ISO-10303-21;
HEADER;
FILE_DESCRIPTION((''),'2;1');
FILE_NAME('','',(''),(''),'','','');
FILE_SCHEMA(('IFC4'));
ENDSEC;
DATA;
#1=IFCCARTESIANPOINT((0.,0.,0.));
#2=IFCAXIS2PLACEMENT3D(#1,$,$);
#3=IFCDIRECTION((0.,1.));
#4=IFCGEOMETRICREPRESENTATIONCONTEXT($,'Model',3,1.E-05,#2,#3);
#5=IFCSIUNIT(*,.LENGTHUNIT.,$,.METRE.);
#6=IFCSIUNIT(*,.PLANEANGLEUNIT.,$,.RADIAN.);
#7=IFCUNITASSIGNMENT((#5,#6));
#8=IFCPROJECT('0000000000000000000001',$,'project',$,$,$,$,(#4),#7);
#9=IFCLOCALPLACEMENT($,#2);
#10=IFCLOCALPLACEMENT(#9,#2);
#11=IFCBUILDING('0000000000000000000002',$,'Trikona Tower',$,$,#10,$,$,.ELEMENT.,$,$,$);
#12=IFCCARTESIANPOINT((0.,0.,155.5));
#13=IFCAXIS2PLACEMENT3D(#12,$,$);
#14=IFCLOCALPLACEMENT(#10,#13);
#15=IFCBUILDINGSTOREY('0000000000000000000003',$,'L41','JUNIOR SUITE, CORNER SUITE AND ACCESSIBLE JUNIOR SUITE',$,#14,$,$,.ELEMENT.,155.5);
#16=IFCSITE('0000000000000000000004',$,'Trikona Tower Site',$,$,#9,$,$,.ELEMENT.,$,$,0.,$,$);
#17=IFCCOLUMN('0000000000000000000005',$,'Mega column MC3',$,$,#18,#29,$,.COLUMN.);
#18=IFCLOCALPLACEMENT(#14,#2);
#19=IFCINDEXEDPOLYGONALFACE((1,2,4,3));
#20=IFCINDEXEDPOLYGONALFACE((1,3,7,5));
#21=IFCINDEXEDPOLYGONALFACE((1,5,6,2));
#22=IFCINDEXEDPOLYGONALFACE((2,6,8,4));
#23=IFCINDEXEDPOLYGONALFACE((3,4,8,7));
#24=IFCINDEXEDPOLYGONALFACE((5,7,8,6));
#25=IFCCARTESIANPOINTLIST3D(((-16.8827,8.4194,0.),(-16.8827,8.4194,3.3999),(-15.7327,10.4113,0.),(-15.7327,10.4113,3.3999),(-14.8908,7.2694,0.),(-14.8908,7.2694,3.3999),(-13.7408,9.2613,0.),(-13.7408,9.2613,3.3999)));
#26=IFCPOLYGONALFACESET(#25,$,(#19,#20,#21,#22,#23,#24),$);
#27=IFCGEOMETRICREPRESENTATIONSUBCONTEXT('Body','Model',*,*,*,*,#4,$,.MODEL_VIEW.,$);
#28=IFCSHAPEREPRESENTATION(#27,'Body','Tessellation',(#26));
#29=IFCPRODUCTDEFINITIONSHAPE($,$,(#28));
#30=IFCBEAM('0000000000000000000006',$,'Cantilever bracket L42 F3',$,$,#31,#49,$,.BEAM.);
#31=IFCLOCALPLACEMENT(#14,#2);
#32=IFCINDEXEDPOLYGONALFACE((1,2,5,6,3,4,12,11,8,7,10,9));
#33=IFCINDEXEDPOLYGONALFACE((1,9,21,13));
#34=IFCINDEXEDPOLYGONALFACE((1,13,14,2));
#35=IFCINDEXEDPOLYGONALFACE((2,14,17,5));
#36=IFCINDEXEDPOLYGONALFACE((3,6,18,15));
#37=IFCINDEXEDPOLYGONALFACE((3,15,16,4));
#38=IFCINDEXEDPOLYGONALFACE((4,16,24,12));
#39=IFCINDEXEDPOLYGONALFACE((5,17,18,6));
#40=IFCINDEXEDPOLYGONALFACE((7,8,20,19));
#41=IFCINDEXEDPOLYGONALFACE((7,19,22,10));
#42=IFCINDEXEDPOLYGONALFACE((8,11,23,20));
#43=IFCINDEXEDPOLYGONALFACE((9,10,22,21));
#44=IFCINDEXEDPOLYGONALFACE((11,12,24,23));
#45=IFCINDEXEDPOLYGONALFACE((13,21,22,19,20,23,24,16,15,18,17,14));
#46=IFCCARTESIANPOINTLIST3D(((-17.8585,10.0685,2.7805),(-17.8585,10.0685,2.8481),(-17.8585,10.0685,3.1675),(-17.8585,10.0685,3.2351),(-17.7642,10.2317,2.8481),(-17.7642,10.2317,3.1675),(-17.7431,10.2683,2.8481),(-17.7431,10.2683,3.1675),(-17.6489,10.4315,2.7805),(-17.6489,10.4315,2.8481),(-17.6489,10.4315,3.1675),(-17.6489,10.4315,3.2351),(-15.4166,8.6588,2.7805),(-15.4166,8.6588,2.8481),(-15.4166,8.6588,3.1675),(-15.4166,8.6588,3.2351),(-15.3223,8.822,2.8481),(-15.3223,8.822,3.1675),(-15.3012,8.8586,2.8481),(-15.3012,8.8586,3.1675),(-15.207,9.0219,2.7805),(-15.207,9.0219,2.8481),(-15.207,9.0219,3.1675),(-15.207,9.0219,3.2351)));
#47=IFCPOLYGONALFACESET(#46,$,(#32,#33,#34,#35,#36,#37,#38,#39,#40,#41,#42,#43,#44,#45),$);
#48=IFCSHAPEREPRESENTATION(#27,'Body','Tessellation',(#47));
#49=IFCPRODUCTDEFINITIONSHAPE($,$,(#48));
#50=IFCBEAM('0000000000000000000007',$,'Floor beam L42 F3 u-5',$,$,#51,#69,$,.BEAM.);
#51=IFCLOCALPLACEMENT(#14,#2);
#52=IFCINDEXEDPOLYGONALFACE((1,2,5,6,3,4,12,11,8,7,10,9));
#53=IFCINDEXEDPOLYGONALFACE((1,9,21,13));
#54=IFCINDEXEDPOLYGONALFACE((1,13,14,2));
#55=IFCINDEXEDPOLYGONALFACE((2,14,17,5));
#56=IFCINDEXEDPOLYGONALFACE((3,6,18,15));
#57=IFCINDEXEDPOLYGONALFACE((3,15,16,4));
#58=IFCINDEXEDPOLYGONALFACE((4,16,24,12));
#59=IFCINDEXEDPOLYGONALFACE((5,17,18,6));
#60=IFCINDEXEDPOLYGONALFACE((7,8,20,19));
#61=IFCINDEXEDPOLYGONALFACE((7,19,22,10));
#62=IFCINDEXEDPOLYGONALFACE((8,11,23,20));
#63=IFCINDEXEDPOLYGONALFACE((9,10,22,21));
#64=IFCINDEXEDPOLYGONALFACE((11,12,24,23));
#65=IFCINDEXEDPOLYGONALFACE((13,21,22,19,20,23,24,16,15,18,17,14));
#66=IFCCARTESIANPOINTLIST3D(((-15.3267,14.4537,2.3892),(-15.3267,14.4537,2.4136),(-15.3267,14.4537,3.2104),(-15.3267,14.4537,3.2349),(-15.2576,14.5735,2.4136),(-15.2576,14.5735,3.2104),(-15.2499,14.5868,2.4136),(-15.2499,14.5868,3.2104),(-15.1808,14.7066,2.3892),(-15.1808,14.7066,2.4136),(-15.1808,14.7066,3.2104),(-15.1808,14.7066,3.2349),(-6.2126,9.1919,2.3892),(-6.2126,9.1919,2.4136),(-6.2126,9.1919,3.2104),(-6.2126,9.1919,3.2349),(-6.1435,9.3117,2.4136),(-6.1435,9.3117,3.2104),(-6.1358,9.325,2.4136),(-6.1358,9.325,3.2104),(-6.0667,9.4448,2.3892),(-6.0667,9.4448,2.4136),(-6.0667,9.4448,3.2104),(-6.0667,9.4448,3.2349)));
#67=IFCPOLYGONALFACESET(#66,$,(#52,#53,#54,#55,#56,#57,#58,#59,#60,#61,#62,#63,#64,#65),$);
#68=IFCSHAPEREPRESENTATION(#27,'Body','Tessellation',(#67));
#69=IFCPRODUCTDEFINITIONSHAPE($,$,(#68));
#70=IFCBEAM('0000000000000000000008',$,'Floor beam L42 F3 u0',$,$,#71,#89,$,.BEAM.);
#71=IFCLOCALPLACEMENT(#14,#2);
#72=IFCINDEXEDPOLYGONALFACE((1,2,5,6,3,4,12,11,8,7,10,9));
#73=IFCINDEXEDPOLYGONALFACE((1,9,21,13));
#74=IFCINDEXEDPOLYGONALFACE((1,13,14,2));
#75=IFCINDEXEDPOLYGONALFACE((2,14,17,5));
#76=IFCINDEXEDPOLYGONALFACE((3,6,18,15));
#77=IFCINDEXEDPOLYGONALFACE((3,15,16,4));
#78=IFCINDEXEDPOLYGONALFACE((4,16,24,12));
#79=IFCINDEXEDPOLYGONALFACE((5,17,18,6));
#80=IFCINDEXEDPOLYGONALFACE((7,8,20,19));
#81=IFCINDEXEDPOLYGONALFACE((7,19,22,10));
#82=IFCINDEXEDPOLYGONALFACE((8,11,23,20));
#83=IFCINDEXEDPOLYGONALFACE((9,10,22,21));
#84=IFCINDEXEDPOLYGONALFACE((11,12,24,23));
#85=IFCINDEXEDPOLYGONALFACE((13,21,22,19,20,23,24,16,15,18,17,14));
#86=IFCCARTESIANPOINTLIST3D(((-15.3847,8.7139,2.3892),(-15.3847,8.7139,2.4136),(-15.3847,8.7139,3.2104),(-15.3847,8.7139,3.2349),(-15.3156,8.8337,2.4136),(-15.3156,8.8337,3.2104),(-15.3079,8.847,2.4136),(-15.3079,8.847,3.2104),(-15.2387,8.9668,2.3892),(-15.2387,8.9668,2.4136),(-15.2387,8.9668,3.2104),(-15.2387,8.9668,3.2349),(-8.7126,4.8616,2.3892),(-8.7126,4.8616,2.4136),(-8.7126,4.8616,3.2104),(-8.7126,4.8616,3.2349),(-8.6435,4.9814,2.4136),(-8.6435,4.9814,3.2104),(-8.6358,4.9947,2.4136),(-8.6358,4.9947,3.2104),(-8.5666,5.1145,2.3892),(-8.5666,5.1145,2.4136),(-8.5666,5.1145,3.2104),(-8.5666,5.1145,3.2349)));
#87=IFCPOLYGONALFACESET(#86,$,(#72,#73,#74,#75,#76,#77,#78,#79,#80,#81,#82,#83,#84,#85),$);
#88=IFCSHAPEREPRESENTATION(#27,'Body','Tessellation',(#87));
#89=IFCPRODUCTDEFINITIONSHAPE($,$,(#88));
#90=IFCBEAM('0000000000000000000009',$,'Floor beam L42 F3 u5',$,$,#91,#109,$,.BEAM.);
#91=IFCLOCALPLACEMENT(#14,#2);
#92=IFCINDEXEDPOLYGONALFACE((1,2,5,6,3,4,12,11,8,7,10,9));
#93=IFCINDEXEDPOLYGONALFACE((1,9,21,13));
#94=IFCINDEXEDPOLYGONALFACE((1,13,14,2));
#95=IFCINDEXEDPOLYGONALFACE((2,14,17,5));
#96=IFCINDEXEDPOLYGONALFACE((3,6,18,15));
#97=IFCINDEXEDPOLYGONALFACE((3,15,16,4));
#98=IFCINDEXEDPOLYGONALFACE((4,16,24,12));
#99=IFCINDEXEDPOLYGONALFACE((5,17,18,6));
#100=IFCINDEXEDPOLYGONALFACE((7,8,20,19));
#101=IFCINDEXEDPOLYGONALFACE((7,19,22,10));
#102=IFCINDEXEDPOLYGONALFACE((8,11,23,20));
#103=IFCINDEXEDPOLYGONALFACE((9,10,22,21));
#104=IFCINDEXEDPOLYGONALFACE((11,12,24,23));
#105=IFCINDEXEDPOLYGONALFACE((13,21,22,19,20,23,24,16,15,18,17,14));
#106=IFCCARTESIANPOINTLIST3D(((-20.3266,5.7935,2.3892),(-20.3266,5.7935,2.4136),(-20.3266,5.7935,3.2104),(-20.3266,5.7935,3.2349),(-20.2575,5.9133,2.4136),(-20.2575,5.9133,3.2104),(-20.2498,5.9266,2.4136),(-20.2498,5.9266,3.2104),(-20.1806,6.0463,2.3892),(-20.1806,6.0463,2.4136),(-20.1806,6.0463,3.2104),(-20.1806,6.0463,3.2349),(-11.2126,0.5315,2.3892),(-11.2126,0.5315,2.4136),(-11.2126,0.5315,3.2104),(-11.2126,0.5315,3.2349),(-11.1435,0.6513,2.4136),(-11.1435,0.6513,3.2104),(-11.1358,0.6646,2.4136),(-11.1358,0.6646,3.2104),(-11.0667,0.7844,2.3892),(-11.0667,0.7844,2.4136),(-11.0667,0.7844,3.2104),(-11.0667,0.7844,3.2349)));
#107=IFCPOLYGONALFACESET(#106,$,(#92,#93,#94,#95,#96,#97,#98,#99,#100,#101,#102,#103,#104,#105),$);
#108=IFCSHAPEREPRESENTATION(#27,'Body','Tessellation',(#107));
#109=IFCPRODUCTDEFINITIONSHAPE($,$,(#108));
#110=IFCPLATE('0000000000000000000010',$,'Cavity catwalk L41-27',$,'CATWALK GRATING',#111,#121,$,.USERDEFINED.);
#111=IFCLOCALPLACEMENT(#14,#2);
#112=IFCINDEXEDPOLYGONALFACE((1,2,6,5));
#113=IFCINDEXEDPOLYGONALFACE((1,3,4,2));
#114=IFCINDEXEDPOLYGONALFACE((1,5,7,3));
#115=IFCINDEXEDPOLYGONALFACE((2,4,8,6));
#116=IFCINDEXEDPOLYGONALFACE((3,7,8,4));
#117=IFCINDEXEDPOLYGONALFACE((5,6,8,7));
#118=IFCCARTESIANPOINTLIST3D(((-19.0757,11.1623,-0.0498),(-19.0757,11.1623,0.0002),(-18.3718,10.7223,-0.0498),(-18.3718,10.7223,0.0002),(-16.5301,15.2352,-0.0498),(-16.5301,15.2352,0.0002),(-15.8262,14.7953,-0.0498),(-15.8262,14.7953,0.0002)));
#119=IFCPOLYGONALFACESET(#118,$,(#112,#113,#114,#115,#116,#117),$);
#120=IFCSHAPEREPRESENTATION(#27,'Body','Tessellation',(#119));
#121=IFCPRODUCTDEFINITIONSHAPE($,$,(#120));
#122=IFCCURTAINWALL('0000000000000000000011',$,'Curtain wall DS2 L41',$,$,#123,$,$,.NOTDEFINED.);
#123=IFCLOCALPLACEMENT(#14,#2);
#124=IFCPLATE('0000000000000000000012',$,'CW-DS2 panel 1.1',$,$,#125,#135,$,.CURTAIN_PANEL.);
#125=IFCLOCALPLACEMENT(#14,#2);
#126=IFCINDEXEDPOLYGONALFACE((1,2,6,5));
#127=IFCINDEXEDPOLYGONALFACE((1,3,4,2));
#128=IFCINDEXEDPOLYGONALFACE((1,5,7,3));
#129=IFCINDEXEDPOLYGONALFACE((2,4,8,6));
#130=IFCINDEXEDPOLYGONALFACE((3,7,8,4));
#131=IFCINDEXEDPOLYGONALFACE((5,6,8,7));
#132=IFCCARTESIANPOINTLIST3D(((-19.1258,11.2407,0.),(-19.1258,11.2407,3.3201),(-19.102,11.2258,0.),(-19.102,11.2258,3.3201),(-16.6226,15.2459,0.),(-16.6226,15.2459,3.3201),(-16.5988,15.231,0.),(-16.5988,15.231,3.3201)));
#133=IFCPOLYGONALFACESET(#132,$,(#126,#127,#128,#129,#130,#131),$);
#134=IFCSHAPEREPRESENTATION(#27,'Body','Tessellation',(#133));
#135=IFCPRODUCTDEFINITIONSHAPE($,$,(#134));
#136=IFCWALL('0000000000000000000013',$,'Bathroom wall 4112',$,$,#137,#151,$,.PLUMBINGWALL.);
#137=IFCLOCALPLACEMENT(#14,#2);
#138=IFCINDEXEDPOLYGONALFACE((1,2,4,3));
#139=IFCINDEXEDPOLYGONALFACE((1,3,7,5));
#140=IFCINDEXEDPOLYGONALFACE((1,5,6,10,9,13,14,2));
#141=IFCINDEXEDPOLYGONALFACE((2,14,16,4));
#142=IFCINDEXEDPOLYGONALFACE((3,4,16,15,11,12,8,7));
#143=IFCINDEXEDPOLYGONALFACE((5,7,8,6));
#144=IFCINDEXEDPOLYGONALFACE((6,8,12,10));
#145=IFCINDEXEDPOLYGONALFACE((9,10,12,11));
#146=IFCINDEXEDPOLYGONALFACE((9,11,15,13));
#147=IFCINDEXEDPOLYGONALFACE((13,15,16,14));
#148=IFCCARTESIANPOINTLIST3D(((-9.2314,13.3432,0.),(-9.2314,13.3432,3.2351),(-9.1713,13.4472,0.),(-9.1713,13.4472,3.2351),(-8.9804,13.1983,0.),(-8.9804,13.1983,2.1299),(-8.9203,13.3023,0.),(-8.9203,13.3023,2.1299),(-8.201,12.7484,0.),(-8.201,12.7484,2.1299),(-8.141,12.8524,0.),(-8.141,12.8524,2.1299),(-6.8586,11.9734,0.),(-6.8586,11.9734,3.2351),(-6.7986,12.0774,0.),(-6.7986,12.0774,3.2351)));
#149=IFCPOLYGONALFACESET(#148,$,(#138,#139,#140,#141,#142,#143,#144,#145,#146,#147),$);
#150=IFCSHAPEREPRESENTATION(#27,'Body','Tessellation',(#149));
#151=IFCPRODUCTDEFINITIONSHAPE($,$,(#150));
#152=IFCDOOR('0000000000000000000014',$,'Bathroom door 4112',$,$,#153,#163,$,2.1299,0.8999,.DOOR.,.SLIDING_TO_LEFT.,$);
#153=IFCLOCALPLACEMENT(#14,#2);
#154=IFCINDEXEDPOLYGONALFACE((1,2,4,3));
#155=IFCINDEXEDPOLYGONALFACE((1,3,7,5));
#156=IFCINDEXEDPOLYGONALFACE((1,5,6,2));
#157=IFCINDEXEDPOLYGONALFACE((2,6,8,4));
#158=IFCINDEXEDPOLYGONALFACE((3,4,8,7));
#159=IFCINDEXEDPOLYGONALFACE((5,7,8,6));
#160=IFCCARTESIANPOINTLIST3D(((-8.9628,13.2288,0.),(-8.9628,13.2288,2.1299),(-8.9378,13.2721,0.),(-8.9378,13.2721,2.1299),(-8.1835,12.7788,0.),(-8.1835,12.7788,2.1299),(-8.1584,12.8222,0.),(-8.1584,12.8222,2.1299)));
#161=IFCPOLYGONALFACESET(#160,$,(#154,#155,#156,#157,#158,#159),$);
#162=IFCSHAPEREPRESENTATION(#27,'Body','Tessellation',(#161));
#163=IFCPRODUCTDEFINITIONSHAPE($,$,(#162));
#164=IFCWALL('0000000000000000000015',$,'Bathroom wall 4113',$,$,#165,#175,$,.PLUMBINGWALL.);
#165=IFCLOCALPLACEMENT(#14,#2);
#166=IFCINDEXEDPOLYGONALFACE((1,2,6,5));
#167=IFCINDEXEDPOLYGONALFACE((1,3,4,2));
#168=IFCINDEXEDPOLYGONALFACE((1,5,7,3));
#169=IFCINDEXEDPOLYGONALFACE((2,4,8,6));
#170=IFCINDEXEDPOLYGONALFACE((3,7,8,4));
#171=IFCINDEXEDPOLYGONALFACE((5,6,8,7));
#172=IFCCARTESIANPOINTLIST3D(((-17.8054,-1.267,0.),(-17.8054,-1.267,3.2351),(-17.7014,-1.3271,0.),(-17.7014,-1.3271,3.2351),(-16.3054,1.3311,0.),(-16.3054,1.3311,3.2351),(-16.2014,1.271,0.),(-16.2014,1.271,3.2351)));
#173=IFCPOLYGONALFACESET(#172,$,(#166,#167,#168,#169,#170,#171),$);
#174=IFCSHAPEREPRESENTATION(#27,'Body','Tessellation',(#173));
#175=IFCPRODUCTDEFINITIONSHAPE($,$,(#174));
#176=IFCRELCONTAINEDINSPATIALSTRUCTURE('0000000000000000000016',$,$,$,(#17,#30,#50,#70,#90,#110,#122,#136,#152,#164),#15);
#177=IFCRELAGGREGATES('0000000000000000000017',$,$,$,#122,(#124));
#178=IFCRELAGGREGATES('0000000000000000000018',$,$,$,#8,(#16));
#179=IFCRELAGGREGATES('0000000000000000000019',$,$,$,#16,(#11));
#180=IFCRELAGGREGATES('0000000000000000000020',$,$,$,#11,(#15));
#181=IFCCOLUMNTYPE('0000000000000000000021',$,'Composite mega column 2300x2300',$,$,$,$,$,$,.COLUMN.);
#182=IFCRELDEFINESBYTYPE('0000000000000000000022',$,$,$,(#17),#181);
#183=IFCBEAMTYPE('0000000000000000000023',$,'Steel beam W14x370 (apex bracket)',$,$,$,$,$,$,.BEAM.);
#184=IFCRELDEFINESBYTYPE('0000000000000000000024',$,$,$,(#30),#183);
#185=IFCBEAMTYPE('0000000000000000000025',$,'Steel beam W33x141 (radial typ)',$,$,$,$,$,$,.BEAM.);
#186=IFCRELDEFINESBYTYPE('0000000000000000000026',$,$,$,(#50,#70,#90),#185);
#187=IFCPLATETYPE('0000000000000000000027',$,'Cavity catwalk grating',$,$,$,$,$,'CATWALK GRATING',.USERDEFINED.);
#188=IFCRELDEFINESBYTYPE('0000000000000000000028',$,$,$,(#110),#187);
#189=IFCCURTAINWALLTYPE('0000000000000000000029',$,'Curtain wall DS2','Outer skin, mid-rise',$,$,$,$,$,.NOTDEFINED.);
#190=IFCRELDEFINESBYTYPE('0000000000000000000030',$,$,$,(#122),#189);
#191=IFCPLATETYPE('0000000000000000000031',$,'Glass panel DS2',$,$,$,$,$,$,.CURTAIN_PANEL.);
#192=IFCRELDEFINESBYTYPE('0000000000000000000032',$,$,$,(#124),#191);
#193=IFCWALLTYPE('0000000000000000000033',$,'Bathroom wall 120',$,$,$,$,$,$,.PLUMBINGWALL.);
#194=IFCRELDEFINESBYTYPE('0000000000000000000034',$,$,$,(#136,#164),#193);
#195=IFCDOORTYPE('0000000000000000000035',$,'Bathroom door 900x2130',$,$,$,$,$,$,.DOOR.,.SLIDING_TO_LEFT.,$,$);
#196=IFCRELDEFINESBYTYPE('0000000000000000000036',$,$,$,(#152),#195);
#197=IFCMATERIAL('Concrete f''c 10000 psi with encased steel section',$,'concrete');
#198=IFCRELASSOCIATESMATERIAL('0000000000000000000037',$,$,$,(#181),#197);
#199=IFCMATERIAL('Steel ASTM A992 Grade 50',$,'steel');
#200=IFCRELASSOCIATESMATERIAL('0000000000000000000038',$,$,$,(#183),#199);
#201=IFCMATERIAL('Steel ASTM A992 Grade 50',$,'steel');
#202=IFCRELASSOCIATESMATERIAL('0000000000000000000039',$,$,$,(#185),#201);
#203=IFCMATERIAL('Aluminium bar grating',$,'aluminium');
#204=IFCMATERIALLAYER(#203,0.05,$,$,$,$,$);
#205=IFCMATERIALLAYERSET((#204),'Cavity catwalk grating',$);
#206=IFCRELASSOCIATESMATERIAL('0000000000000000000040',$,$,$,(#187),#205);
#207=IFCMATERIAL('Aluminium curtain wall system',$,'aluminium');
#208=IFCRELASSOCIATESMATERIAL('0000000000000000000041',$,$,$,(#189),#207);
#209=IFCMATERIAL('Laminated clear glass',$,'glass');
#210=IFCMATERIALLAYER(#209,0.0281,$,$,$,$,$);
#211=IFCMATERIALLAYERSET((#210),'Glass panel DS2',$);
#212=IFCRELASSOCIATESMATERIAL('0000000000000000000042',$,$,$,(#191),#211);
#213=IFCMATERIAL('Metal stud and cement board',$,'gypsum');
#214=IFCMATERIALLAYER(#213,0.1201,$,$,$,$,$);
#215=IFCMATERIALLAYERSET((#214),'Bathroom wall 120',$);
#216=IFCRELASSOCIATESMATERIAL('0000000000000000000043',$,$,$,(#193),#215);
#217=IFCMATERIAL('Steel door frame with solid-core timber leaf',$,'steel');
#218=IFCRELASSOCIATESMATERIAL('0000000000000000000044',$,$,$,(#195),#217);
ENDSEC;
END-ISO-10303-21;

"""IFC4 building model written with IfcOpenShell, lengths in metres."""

from ifc_helpers import new_model, si_unit, direction, frame, frame_2d, origin, origin_2d, place, context, subcontext, project, spatial, rectangle, i_section, extrude, material, layer, layer_set, material_profile, profile_set, type_object, element, fill, aggregate, save


model = new_model("IFC4")

# Units and contexts
model_context = context("Model", 3, precision=1e-05, world=origin(), true_north=direction((0.0, 1.0)))
body_context = subcontext(model_context, "Body", "Model", "MODEL_VIEW")
ifc_project = project(units=[si_unit("LENGTHUNIT", "METRE"), si_unit("PLANEANGLEUNIT", "RADIAN")], contexts=[model_context])

# Site, building, storey
site_placement = place(None, origin())
site = spatial("IfcSite", under=ifc_project, at=site_placement, Name="Trikona Tower Site", CompositionType="ELEMENT", RefElevation=0.0)
building_placement = place(site_placement, origin())
building = spatial("IfcBuilding", under=site, at=building_placement, Name="Trikona Tower", CompositionType="ELEMENT")
storey_placement = place(building_placement, frame((0.0, 0.0, 155.5)))
storey = spatial("IfcBuildingStorey", under=building, at=storey_placement, Name="L41", Description="JUNIOR SUITE, CORNER SUITE AND ACCESSIBLE JUNIOR SUITE", CompositionType="ELEMENT", Elevation=155.5)

# Column
ifc_material_1 = material(Name="Concrete f'c 10000 psi with encased steel section", Category="concrete")
ifc_material_profile_1 = material_profile(ifc_material_1, rectangle(XDim=2.3, YDim=2.3, at=origin_2d()), Name="MC2300")
ifc_profile_set_1 = profile_set([ifc_material_profile_1], Name="Concrete f'c 10000 psi with encased steel section")
column_type = type_object("IfcColumnType", Name="Composite mega column 2300x2300", PredefinedType="COLUMN", material=ifc_profile_set_1)
column_placement = place(storey_placement, frame((-15.3118, 8.8403, 0.0), z_axis=(0.0, 0.0, 1.0), x_axis=(-0.866025, 0.5, 0.0)))
element("IfcColumn", 1, at=column_placement, inside=storey, type_object=column_type, Name="Mega column MC3", PredefinedType="COLUMN", context=body_context, shape_type="SweptSolid", body=[
    extrude(rectangle(XDim=2.3, YDim=2.3, at=origin_2d()), origin(), (0.0, 0.0, 1.0), 3.3999),
])

# Beams
ifc_material_2 = material(Name="Steel ASTM A992 Grade 50", Category="steel")
ifc_material_profile_2 = material_profile(ifc_material_2, i_section(OverallWidth=0.4192, OverallDepth=0.4546, WebThickness=0.0422, FlangeThickness=0.0676, at=origin_2d()), Name="W14X370")
ifc_profile_set_2 = profile_set([ifc_material_profile_2], Name="Steel ASTM A992 Grade 50")
beam_type_1 = type_object("IfcBeamType", Name="Steel beam W14x370 (apex bracket)", PredefinedType="BEAM", material=ifc_profile_set_2)
beam_1_placement = place(storey_placement, frame((-15.3118, 8.8403, 3.0078), z_axis=(-0.86605, 0.499957, 0.0), x_axis=(-0.499957, -0.86605, 0.0)))
element("IfcBeam", 2, at=beam_1_placement, inside=storey, type_object=beam_type_1, Name="Cantilever bracket L42 F3", PredefinedType="BEAM", context=body_context, shape_type="SweptSolid", body=[
    extrude(i_section(OverallWidth=0.4192, OverallDepth=0.4546, WebThickness=0.0422, FlangeThickness=0.0676, at=origin_2d()), origin(), (0.0, 0.0, 1.0), 2.8196),
])
ifc_material_3 = material(Name="Steel ASTM A992 Grade 50", Category="steel")
ifc_material_profile_3 = material_profile(ifc_material_3, i_section(OverallWidth=0.292, OverallDepth=0.8457, WebThickness=0.0154, FlangeThickness=0.0244, at=origin_2d()), Name="W33X141")
ifc_profile_set_3 = profile_set([ifc_material_profile_3], Name="Steel ASTM A992 Grade 50")
beam_type_2 = type_object("IfcBeamType", Name="Steel beam W33x141 (radial typ)", PredefinedType="BEAM", material=ifc_profile_set_3)
beam_2_placement = place(storey_placement, frame((-6.1396, 9.3184, 2.812), z_axis=(-0.866036, 0.499982, 0.0), x_axis=(-0.499982, -0.866036, 0.0)))
element("IfcBeam", 3, at=beam_2_placement, inside=storey, type_object=beam_type_2, Name="Floor beam L42 F3 u-5", PredefinedType="BEAM", context=body_context, shape_type="SweptSolid", body=[
    extrude(i_section(OverallWidth=0.292, OverallDepth=0.8457, WebThickness=0.0154, FlangeThickness=0.0244, at=origin_2d()), origin(), (0.0, 0.0, 1.0), 10.5239),
])
beam_3_placement = place(storey_placement, frame((-8.6396, 4.988, 2.812), z_axis=(-0.866017, 0.500014, 0.0), x_axis=(-0.500014, -0.866017, 0.0)))
element("IfcBeam", 4, at=beam_3_placement, inside=storey, type_object=beam_type_2, Name="Floor beam L42 F3 u0", PredefinedType="BEAM", context=body_context, shape_type="SweptSolid", body=[
    extrude(i_section(OverallWidth=0.292, OverallDepth=0.8457, WebThickness=0.0154, FlangeThickness=0.0244, at=origin_2d()), origin(), (0.0, 0.0, 1.0), 7.7043),
])
beam_4_placement = place(storey_placement, frame((-11.1396, 0.658, 2.812), z_axis=(-0.866026, 0.499999, 0.0), x_axis=(-0.499999, -0.866026, 0.0)))
element("IfcBeam", 5, at=beam_4_placement, inside=storey, type_object=beam_type_2, Name="Floor beam L42 F3 u5", PredefinedType="BEAM", context=body_context, shape_type="SweptSolid", body=[
    extrude(i_section(OverallWidth=0.292, OverallDepth=0.8457, WebThickness=0.0154, FlangeThickness=0.0244, at=origin_2d()), origin(), (0.0, 0.0, 1.0), 10.5239),
])

# Plate
ifc_material_4 = material(Name="Aluminium bar grating", Category="aluminium")
ifc_layer_1 = layer(ifc_material_4, 0.05)
ifc_layer_set_1 = layer_set([ifc_layer_1], Name="Cavity catwalk grating")
plate_type_1 = type_object("IfcPlateType", Name="Cavity catwalk grating", ElementType="CATWALK GRATING", PredefinedType="USERDEFINED", material=ifc_layer_set_1)
plate_1_placement = place(storey_placement, frame((-17.4509, 12.9788, -0.0498), z_axis=(0.0, 0.0, 1.0), x_axis=(-0.529995, -0.848001, 0.0)))
element("IfcPlate", 6, at=plate_1_placement, inside=storey, type_object=plate_type_1, Name="Cavity catwalk L41-27", ObjectType="CATWALK GRATING", PredefinedType="USERDEFINED", context=body_context, shape_type="SweptSolid", body=[
    extrude(rectangle(XDim=4.803, YDim=0.8301, at=origin_2d()), origin(), (0.0, 0.0, 1.0), 0.05),
])

# Curtain wall, plate
ifc_material_5 = material(Name="Aluminium curtain wall system", Category="aluminium")
curtain_wall_type = type_object("IfcCurtainWallType", Name="Curtain wall DS2", Description="Outer skin, mid-rise", PredefinedType="NOTDEFINED", material=ifc_material_5)
curtain_wall_placement = place(storey_placement, origin())
curtain_wall = element("IfcCurtainWall", 7, at=curtain_wall_placement, inside=storey, type_object=curtain_wall_type, Name="Curtain wall DS2 L41", PredefinedType="NOTDEFINED")
ifc_material_6 = material(Name="Laminated clear glass", Category="glass")
ifc_layer_2 = layer(ifc_material_6, 0.0281)
ifc_layer_set_2 = layer_set([ifc_layer_2], Name="Glass panel DS2")
plate_type_2 = type_object("IfcPlateType", Name="Glass panel DS2", PredefinedType="CURTAIN_PANEL", material=ifc_layer_set_2)
plate_2_placement = place(storey_placement, frame((-17.8623, 13.2358, 0.0), z_axis=(0.0, 0.0, 1.0), x_axis=(-0.529999, -0.847998, 0.0)))
plate_2 = element("IfcPlate", 8, at=plate_2_placement, type_object=plate_type_2, Name="CW-DS2 panel 1.1", PredefinedType="CURTAIN_PANEL", context=body_context, shape_type="SweptSolid", body=[
    extrude(rectangle(XDim=4.7231, YDim=0.0281, at=origin_2d()), origin(), (0.0, 0.0, 1.0), 3.3201),
])
aggregate(curtain_wall, [plate_2])

# Wall, opening, door
ifc_material_7 = material(Name="Metal stud and cement board", Category="gypsum")
ifc_layer_3 = layer(ifc_material_7, 0.1201)
ifc_layer_set_3 = layer_set([ifc_layer_3], Name="Bathroom wall 120")
wall_type_1 = type_object("IfcWallType", Name="Bathroom wall 120", PredefinedType="PLUMBINGWALL", material=ifc_layer_set_3)
wall_1_placement = place(storey_placement, frame((-6.8286, 12.0254, 0.0), z_axis=(0.0, 0.0, 1.0), x_axis=(-0.866036, 0.499982, 0.0)))
wall_1 = element("IfcWall", 9, at=wall_1_placement, inside=storey, type_object=wall_type_1, Name="Bathroom wall 4112", PredefinedType="PLUMBINGWALL", context=body_context, shape_type="SweptSolid", body=[
    extrude(rectangle(XDim=2.7397, YDim=0.1201, at=frame_2d((1.3699, 0.0))), origin(), (0.0, 0.0, 1.0), 3.2351),
])
opening_1_placement = place(wall_1_placement, frame((1.55, 0.0, 0.0)))
opening_1 = element("IfcOpeningElement", 10, at=opening_1_placement, cuts=wall_1, PredefinedType="OPENING", context=body_context, shape_type="SweptSolid", body=[
    extrude(rectangle(XDim=0.8999, YDim=2.1299, at=frame_2d((0.45, 1.0649))), frame((0.0, 0.0701, 0.0), z_axis=(0.0, -1.0, 0.0), x_axis=(1.0, 0.0, 0.0)), (0.0, 0.0, 1.0), 0.1401),
])
ifc_material_8 = material(Name="Steel door frame with solid-core timber leaf", Category="steel")
door_type_1 = type_object("IfcDoorType", Name="Bathroom door 900x2130", OperationType="SLIDING_TO_LEFT", PredefinedType="DOOR", material=ifc_material_8)
door_1_placement = place(opening_1_placement, origin())
door_1 = element("IfcDoor", 11, at=door_1_placement, inside=storey, type_object=door_type_1, Name="Bathroom door 4112", OperationType="SLIDING_TO_LEFT", OverallHeight=2.1299, OverallWidth=0.8999, PredefinedType="DOOR", context=body_context, shape_type="SweptSolid", body=[
    extrude(rectangle(XDim=0.8999, YDim=2.1299, at=frame_2d((0.45, 1.0649))), frame((0.0, 0.0249, 0.0), z_axis=(0.0, -1.0, 0.0), x_axis=(1.0, 0.0, 0.0)), (0.0, 0.0, 1.0), 0.05),
])
fill(opening_1, door_1)

# Wall
wall_2_placement = place(storey_placement, frame((-16.2534, 1.301, 0.0), z_axis=(0.0, 0.0, 1.0), x_axis=(-0.49999, -0.866031, 0.0)))
element("IfcWall", 12, at=wall_2_placement, inside=storey, type_object=wall_type_1, Name="Bathroom wall 4113", PredefinedType="PLUMBINGWALL", context=body_context, shape_type="SweptSolid", body=[
    extrude(rectangle(XDim=3.0, YDim=0.1201, at=frame_2d((1.5, 0.0))), origin(), (0.0, 0.0, 1.0), 3.2351),
])

save(model, "model.ifc")
